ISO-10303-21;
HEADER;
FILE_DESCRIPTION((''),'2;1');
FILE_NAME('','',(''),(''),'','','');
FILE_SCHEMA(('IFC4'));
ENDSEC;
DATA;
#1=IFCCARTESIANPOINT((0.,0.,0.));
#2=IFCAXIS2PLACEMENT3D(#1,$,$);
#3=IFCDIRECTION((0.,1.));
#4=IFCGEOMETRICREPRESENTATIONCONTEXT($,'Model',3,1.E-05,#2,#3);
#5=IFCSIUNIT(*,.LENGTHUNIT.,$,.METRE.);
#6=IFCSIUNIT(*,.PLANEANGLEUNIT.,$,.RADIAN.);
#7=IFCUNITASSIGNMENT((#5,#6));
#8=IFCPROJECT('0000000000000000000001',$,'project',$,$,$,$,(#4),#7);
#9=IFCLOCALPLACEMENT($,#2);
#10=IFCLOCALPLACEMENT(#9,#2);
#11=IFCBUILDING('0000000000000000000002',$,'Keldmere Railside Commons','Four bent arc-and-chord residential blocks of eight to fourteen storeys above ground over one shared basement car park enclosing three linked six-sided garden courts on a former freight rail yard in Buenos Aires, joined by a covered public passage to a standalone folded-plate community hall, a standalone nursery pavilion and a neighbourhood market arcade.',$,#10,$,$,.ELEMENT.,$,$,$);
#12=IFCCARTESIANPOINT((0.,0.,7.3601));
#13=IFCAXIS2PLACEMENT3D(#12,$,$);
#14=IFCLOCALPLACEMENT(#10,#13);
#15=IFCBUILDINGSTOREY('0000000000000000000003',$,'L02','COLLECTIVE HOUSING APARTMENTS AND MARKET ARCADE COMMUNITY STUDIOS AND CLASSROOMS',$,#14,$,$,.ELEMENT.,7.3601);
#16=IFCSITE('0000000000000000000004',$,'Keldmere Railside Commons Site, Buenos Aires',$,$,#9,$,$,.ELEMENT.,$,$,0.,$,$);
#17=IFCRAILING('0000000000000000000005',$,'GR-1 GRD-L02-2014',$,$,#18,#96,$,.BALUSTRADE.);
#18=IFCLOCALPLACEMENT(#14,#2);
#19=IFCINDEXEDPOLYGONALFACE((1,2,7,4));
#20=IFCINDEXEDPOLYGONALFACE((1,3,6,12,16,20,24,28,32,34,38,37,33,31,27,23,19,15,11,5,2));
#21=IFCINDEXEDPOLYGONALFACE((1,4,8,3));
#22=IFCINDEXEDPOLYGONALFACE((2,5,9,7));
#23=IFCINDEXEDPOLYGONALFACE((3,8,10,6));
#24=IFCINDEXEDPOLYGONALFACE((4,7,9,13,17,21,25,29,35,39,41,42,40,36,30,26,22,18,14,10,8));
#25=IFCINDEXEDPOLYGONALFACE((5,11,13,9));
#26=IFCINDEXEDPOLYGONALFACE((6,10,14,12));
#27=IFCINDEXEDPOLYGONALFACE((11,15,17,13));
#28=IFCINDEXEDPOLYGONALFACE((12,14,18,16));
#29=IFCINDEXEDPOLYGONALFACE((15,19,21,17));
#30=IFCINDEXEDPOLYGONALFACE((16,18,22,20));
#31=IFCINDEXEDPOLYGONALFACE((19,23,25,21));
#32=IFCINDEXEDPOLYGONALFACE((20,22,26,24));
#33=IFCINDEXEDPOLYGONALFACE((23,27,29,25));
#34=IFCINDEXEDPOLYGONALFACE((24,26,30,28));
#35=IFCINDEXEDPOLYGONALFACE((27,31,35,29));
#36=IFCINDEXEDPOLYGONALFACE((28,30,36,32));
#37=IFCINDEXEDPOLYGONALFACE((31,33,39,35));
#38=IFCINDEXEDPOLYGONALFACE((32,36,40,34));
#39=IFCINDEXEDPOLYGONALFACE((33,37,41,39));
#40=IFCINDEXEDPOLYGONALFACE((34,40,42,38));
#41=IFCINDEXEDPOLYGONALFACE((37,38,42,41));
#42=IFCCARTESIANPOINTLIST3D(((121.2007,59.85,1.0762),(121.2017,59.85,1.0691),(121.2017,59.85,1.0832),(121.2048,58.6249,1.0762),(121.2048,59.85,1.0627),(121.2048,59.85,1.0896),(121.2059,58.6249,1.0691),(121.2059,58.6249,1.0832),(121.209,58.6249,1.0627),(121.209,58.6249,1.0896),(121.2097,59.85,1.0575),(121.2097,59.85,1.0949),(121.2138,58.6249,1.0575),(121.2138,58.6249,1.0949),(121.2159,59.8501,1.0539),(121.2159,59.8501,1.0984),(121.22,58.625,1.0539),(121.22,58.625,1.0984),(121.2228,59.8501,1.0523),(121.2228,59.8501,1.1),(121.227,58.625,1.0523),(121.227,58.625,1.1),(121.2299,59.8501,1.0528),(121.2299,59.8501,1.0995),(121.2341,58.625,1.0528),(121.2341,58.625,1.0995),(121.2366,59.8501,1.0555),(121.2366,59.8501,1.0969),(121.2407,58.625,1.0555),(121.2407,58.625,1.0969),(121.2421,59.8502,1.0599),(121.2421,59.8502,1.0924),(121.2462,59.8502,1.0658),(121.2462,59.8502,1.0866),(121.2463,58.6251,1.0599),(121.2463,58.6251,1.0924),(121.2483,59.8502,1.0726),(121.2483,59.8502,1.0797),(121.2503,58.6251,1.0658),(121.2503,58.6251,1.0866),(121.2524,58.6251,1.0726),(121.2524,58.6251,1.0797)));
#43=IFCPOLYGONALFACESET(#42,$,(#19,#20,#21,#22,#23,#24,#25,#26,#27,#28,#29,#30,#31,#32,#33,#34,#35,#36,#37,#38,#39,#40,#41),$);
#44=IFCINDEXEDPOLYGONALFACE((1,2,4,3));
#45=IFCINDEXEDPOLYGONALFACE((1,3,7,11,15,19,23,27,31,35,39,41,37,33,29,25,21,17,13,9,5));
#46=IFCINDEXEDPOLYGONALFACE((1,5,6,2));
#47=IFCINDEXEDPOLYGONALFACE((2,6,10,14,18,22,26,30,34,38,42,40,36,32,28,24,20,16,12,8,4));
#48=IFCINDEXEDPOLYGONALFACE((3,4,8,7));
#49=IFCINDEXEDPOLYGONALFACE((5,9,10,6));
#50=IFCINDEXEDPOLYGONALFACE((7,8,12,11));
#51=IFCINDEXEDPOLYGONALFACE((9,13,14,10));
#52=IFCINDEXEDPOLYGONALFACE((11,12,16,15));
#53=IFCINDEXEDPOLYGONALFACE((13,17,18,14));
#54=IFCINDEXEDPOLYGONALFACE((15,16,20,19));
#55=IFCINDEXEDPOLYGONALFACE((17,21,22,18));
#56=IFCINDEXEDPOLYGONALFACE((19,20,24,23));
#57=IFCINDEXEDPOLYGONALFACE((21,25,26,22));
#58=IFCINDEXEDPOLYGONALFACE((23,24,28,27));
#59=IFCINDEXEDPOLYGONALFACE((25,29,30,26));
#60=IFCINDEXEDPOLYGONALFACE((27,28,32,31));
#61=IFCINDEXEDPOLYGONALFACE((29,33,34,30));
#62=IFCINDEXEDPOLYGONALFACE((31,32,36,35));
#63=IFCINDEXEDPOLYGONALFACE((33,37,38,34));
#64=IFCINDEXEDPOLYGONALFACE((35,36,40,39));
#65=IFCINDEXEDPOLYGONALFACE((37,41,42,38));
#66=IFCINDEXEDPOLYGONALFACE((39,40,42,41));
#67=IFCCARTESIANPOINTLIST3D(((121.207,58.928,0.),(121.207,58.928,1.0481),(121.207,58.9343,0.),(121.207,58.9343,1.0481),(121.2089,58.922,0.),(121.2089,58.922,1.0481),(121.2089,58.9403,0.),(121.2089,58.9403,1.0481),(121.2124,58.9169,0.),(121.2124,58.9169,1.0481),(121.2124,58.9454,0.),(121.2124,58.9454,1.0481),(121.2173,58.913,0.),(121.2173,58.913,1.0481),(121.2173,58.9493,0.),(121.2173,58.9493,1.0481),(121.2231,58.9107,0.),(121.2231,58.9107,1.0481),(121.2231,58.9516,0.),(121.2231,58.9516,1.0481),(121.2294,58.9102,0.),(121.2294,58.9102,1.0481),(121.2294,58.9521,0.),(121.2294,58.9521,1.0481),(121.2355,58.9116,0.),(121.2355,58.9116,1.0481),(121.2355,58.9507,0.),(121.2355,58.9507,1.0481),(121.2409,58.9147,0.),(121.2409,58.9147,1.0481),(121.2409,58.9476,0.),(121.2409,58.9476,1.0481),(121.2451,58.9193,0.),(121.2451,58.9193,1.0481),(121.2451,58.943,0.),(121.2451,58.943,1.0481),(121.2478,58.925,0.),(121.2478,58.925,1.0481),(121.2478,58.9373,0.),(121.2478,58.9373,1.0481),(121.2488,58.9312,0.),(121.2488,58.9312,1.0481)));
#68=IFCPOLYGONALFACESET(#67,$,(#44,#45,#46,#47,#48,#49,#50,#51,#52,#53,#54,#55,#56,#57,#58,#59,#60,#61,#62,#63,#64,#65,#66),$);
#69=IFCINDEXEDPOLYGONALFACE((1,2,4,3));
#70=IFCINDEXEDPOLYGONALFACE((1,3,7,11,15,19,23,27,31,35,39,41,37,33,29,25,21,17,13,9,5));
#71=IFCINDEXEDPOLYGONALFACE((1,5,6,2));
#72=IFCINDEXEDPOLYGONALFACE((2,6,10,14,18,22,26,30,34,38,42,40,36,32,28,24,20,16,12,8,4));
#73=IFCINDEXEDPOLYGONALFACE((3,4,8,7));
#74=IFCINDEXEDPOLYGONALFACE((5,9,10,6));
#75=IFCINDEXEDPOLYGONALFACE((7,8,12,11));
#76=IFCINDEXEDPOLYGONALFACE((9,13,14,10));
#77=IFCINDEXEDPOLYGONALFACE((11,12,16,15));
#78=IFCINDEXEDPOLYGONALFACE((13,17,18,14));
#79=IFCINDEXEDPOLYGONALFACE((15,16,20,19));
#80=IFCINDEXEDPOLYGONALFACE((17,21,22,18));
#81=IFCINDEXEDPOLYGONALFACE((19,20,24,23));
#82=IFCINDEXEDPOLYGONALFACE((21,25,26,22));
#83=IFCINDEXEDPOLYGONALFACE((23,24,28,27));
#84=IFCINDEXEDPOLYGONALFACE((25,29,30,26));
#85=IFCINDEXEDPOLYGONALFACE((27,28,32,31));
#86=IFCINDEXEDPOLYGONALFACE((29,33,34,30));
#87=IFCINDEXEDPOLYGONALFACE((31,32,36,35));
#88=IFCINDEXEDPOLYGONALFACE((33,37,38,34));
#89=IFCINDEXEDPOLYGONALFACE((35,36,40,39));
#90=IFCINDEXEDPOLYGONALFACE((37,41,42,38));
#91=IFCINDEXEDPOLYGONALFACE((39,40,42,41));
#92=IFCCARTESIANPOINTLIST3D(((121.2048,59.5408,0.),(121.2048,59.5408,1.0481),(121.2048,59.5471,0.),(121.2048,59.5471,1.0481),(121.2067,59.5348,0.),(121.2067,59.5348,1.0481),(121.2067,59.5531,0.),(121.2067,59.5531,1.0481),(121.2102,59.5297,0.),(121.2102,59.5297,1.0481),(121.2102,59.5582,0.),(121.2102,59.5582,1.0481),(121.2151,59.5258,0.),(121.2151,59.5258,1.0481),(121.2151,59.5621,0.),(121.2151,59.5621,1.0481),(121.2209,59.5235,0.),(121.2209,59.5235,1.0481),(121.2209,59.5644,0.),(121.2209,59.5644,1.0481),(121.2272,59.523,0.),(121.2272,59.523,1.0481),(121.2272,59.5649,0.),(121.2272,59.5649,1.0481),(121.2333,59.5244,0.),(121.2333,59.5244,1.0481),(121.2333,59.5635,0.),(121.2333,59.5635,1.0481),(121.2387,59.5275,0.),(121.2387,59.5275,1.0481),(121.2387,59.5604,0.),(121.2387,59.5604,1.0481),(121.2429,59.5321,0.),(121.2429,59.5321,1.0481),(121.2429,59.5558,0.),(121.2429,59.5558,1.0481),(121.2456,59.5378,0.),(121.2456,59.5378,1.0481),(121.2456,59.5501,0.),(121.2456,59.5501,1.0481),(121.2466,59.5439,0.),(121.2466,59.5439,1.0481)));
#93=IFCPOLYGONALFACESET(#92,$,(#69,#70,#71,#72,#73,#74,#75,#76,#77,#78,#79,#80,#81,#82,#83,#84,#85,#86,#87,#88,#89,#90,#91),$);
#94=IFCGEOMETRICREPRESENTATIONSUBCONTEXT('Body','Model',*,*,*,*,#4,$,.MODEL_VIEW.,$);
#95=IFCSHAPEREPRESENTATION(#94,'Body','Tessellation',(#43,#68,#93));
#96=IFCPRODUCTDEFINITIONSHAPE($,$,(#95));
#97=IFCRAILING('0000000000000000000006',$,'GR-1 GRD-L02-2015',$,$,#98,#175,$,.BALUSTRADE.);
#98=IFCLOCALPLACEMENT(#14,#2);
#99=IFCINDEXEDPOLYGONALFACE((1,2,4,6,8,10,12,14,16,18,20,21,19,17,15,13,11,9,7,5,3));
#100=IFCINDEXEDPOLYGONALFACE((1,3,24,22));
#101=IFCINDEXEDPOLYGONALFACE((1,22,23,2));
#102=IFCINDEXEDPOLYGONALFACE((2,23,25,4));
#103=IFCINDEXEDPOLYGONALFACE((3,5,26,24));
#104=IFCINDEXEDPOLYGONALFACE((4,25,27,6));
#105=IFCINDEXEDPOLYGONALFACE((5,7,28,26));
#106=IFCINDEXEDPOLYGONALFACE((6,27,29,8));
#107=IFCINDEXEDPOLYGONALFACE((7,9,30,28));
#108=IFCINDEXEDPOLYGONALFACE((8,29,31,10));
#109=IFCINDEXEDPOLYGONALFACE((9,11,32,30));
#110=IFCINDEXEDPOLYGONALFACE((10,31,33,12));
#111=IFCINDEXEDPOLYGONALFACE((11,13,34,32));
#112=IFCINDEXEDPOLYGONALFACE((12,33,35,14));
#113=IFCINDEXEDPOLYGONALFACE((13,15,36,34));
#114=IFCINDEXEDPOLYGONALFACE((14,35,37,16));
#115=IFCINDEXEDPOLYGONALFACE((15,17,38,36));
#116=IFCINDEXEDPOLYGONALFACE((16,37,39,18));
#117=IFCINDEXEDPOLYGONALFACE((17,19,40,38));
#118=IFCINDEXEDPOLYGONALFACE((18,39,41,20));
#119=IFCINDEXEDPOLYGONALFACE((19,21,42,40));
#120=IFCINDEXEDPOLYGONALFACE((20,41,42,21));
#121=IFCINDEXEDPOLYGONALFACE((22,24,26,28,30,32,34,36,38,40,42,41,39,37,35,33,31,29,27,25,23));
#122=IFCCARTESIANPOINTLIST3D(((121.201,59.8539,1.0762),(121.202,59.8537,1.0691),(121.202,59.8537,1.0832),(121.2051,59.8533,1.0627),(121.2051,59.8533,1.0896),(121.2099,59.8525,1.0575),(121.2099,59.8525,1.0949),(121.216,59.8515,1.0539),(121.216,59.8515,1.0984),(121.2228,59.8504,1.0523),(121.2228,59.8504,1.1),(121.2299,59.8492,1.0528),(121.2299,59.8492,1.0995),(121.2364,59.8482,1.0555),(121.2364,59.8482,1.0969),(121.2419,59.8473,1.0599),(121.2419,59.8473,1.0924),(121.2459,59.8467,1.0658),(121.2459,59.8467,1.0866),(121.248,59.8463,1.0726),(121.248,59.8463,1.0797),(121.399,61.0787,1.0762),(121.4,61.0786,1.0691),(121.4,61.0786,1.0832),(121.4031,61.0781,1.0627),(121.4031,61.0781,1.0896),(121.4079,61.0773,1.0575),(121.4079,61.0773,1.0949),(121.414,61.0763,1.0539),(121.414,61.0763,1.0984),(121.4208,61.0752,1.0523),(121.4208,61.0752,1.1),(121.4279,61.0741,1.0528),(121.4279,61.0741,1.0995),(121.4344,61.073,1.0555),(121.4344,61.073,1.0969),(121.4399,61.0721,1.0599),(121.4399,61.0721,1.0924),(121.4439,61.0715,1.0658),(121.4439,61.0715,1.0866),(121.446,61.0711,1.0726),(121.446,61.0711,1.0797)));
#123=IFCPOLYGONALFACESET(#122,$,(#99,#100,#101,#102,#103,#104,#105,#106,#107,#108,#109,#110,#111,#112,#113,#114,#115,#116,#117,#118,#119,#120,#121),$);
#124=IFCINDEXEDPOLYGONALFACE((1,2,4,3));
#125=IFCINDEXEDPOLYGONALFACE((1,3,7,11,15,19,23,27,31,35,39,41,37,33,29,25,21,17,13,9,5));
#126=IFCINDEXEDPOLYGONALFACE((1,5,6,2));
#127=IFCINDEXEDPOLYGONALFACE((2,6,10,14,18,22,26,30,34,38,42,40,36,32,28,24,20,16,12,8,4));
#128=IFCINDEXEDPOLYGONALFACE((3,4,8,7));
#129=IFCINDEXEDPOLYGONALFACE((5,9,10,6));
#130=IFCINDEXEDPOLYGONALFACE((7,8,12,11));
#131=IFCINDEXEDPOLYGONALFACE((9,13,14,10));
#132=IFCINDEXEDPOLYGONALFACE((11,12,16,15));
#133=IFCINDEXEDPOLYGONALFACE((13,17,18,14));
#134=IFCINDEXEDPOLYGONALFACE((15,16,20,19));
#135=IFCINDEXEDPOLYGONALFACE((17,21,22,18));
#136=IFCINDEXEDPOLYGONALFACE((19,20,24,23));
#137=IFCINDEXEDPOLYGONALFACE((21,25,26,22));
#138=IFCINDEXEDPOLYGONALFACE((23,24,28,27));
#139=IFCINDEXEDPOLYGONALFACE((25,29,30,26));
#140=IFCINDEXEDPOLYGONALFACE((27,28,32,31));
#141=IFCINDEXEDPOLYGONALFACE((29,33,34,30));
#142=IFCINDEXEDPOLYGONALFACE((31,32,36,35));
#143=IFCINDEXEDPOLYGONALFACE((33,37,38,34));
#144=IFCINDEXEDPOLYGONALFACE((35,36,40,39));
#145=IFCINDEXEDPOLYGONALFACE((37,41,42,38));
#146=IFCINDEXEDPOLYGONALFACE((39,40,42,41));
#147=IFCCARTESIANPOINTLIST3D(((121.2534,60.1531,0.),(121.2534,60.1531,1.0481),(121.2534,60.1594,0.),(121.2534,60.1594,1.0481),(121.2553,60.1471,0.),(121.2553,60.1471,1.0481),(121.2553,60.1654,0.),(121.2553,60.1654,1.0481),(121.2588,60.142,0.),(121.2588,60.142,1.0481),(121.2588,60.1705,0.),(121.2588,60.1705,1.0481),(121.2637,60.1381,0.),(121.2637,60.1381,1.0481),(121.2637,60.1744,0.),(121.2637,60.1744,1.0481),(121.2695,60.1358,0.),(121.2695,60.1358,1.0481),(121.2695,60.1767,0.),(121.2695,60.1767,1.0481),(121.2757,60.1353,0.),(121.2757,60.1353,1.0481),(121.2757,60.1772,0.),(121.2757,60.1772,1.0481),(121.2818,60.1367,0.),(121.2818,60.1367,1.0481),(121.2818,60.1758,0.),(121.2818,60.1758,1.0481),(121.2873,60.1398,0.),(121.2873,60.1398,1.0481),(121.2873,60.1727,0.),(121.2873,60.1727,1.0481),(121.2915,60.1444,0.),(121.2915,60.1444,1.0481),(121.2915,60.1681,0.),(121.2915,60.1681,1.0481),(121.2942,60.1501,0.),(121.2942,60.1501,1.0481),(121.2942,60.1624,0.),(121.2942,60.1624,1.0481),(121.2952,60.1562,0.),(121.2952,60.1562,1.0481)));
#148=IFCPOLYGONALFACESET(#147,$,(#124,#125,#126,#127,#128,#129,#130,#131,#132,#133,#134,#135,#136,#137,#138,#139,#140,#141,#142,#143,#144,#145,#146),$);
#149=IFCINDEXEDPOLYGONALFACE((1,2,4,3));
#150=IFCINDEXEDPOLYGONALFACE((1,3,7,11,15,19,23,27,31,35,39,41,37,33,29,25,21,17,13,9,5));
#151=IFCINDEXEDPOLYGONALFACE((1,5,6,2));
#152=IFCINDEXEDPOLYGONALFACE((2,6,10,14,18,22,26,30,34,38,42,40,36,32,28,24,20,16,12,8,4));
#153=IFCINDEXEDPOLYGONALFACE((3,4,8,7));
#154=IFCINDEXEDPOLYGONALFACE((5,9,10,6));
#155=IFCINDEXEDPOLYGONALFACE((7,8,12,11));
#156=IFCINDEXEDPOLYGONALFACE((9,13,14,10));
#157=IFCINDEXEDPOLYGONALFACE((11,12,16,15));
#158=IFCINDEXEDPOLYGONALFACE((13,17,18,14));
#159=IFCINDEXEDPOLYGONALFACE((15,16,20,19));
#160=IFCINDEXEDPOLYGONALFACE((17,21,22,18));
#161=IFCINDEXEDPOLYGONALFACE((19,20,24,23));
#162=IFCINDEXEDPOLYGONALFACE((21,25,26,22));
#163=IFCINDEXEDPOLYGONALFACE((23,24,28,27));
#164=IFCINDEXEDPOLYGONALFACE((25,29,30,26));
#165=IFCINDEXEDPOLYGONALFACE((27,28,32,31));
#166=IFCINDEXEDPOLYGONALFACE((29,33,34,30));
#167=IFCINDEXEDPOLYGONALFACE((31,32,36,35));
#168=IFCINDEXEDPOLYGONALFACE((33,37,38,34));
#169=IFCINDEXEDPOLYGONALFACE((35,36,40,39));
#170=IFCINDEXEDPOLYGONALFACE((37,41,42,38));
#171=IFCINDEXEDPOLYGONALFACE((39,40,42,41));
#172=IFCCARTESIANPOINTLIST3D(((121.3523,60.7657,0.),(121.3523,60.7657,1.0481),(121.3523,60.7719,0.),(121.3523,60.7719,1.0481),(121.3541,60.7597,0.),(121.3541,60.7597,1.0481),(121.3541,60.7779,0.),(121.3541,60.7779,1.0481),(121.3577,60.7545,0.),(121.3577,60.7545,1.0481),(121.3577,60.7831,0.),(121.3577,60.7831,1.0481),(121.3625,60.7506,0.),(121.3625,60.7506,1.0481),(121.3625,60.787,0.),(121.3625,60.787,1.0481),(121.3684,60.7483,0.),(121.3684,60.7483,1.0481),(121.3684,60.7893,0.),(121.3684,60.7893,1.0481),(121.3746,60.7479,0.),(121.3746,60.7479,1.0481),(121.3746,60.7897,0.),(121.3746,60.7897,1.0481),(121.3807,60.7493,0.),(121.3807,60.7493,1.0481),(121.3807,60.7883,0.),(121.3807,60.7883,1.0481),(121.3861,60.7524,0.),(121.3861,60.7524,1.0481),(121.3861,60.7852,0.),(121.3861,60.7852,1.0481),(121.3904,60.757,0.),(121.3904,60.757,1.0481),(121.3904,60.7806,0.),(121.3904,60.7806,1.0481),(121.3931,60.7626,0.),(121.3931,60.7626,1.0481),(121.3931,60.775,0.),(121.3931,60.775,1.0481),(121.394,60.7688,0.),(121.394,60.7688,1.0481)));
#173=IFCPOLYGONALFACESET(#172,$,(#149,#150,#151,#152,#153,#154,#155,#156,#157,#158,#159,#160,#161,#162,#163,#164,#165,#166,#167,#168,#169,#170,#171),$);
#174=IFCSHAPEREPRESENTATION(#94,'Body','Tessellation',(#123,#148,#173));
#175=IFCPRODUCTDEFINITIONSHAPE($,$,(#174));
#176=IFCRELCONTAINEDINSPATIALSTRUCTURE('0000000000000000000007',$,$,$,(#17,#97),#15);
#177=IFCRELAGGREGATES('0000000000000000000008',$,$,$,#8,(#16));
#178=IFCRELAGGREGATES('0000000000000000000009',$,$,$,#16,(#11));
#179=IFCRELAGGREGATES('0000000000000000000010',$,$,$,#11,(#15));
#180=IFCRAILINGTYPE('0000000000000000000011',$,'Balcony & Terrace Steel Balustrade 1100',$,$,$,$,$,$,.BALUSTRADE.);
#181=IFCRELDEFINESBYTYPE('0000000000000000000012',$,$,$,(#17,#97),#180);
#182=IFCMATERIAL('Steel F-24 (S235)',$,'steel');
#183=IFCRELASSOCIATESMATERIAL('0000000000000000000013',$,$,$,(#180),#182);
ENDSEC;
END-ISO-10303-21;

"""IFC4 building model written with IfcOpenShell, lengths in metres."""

from ifc_helpers import new_model, si_unit, direction, frame, origin, origin_2d, place, context, subcontext, project, spatial, circle, extrude, material, type_object, element, save


model = new_model("IFC4")

# Units and contexts
model_context = context("Model", 3, precision=1e-05, world=origin(), true_north=direction((0.0, 1.0)))
body_context = subcontext(model_context, "Body", "Model", "MODEL_VIEW")
ifc_project = project(units=[si_unit("LENGTHUNIT", "METRE"), si_unit("PLANEANGLEUNIT", "RADIAN")], contexts=[model_context])

# Site, building, storey
site_placement = place(None, origin())
site = spatial("IfcSite", under=ifc_project, at=site_placement, Name="Keldmere Railside Commons Site, Buenos Aires", CompositionType="ELEMENT", RefElevation=0.0)
building_placement = place(site_placement, origin())
building = spatial("IfcBuilding", under=site, at=building_placement, Name="Keldmere Railside Commons", Description="Four bent arc-and-chord residential blocks of eight to fourteen storeys above ground over one shared basement car park enclosing three linked six-sided garden courts on a former freight rail yard in Buenos Aires, joined by a covered public passage to a standalone folded-plate community hall, a standalone nursery pavilion and a neighbourhood market arcade.", CompositionType="ELEMENT")
storey_placement = place(building_placement, frame((0.0, 0.0, 7.3601)))
storey = spatial("IfcBuildingStorey", under=building, at=storey_placement, Name="L02", Description="COLLECTIVE HOUSING APARTMENTS AND MARKET ARCADE COMMUNITY STUDIOS AND CLASSROOMS", CompositionType="ELEMENT", Elevation=7.3601)

# Railings
ifc_material_1 = material(Name="Steel F-24 (S235)", Category="steel")
railing_type = type_object("IfcRailingType", Name="Balcony & Terrace Steel Balustrade 1100", PredefinedType="BALUSTRADE", material=ifc_material_1)
railing_1_placement = place(storey_placement, frame((121.2288, 58.625, 0.0)))
element("IfcRailing", 1, at=railing_1_placement, inside=storey, type_object=railing_type, Name="GR-1 GRD-L02-2014", PredefinedType="BALUSTRADE", context=body_context, shape_type="SweptSolid", body=[
    extrude(circle(Radius=0.0239, at=origin_2d()), frame((0.0, 0.0, 1.0762), z_axis=(-0.003388, 0.999994, 0.0), x_axis=(-0.999994, -0.003388, 0.0)), (0.0, 0.0, 1.0), 1.2251),
    extrude(circle(Radius=0.021, at=origin_2d()), frame((-0.001, 0.3062, 0.0)), (0.0, 0.0, 1.0), 1.0481),
    extrude(circle(Radius=0.021, at=origin_2d()), frame((-0.0032, 0.9189, 0.0)), (0.0, 0.0, 1.0), 1.0481),
])
railing_2_placement = place(storey_placement, frame((121.2246, 59.8501, 0.0)))
element("IfcRailing", 2, at=railing_2_placement, inside=storey, type_object=railing_type, Name="GR-1 GRD-L02-2015", PredefinedType="BALUSTRADE", context=body_context, shape_type="SweptSolid", body=[
    extrude(circle(Radius=0.0239, at=origin_2d()), frame((0.0, 0.0, 1.0762), z_axis=(0.159579, 0.987185, 0.0), x_axis=(-0.987185, 0.159579, 0.0)), (0.0, 0.0, 1.0), 1.2407),
    extrude(circle(Radius=0.021, at=origin_2d()), frame((0.0496, 0.3062, 0.0)), (0.0, 0.0, 1.0), 1.0481),
    extrude(circle(Radius=0.021, at=origin_2d()), frame((0.1484, 0.9187, 0.0)), (0.0, 0.0, 1.0), 1.0481),
])

save(model, "model.ifc")
